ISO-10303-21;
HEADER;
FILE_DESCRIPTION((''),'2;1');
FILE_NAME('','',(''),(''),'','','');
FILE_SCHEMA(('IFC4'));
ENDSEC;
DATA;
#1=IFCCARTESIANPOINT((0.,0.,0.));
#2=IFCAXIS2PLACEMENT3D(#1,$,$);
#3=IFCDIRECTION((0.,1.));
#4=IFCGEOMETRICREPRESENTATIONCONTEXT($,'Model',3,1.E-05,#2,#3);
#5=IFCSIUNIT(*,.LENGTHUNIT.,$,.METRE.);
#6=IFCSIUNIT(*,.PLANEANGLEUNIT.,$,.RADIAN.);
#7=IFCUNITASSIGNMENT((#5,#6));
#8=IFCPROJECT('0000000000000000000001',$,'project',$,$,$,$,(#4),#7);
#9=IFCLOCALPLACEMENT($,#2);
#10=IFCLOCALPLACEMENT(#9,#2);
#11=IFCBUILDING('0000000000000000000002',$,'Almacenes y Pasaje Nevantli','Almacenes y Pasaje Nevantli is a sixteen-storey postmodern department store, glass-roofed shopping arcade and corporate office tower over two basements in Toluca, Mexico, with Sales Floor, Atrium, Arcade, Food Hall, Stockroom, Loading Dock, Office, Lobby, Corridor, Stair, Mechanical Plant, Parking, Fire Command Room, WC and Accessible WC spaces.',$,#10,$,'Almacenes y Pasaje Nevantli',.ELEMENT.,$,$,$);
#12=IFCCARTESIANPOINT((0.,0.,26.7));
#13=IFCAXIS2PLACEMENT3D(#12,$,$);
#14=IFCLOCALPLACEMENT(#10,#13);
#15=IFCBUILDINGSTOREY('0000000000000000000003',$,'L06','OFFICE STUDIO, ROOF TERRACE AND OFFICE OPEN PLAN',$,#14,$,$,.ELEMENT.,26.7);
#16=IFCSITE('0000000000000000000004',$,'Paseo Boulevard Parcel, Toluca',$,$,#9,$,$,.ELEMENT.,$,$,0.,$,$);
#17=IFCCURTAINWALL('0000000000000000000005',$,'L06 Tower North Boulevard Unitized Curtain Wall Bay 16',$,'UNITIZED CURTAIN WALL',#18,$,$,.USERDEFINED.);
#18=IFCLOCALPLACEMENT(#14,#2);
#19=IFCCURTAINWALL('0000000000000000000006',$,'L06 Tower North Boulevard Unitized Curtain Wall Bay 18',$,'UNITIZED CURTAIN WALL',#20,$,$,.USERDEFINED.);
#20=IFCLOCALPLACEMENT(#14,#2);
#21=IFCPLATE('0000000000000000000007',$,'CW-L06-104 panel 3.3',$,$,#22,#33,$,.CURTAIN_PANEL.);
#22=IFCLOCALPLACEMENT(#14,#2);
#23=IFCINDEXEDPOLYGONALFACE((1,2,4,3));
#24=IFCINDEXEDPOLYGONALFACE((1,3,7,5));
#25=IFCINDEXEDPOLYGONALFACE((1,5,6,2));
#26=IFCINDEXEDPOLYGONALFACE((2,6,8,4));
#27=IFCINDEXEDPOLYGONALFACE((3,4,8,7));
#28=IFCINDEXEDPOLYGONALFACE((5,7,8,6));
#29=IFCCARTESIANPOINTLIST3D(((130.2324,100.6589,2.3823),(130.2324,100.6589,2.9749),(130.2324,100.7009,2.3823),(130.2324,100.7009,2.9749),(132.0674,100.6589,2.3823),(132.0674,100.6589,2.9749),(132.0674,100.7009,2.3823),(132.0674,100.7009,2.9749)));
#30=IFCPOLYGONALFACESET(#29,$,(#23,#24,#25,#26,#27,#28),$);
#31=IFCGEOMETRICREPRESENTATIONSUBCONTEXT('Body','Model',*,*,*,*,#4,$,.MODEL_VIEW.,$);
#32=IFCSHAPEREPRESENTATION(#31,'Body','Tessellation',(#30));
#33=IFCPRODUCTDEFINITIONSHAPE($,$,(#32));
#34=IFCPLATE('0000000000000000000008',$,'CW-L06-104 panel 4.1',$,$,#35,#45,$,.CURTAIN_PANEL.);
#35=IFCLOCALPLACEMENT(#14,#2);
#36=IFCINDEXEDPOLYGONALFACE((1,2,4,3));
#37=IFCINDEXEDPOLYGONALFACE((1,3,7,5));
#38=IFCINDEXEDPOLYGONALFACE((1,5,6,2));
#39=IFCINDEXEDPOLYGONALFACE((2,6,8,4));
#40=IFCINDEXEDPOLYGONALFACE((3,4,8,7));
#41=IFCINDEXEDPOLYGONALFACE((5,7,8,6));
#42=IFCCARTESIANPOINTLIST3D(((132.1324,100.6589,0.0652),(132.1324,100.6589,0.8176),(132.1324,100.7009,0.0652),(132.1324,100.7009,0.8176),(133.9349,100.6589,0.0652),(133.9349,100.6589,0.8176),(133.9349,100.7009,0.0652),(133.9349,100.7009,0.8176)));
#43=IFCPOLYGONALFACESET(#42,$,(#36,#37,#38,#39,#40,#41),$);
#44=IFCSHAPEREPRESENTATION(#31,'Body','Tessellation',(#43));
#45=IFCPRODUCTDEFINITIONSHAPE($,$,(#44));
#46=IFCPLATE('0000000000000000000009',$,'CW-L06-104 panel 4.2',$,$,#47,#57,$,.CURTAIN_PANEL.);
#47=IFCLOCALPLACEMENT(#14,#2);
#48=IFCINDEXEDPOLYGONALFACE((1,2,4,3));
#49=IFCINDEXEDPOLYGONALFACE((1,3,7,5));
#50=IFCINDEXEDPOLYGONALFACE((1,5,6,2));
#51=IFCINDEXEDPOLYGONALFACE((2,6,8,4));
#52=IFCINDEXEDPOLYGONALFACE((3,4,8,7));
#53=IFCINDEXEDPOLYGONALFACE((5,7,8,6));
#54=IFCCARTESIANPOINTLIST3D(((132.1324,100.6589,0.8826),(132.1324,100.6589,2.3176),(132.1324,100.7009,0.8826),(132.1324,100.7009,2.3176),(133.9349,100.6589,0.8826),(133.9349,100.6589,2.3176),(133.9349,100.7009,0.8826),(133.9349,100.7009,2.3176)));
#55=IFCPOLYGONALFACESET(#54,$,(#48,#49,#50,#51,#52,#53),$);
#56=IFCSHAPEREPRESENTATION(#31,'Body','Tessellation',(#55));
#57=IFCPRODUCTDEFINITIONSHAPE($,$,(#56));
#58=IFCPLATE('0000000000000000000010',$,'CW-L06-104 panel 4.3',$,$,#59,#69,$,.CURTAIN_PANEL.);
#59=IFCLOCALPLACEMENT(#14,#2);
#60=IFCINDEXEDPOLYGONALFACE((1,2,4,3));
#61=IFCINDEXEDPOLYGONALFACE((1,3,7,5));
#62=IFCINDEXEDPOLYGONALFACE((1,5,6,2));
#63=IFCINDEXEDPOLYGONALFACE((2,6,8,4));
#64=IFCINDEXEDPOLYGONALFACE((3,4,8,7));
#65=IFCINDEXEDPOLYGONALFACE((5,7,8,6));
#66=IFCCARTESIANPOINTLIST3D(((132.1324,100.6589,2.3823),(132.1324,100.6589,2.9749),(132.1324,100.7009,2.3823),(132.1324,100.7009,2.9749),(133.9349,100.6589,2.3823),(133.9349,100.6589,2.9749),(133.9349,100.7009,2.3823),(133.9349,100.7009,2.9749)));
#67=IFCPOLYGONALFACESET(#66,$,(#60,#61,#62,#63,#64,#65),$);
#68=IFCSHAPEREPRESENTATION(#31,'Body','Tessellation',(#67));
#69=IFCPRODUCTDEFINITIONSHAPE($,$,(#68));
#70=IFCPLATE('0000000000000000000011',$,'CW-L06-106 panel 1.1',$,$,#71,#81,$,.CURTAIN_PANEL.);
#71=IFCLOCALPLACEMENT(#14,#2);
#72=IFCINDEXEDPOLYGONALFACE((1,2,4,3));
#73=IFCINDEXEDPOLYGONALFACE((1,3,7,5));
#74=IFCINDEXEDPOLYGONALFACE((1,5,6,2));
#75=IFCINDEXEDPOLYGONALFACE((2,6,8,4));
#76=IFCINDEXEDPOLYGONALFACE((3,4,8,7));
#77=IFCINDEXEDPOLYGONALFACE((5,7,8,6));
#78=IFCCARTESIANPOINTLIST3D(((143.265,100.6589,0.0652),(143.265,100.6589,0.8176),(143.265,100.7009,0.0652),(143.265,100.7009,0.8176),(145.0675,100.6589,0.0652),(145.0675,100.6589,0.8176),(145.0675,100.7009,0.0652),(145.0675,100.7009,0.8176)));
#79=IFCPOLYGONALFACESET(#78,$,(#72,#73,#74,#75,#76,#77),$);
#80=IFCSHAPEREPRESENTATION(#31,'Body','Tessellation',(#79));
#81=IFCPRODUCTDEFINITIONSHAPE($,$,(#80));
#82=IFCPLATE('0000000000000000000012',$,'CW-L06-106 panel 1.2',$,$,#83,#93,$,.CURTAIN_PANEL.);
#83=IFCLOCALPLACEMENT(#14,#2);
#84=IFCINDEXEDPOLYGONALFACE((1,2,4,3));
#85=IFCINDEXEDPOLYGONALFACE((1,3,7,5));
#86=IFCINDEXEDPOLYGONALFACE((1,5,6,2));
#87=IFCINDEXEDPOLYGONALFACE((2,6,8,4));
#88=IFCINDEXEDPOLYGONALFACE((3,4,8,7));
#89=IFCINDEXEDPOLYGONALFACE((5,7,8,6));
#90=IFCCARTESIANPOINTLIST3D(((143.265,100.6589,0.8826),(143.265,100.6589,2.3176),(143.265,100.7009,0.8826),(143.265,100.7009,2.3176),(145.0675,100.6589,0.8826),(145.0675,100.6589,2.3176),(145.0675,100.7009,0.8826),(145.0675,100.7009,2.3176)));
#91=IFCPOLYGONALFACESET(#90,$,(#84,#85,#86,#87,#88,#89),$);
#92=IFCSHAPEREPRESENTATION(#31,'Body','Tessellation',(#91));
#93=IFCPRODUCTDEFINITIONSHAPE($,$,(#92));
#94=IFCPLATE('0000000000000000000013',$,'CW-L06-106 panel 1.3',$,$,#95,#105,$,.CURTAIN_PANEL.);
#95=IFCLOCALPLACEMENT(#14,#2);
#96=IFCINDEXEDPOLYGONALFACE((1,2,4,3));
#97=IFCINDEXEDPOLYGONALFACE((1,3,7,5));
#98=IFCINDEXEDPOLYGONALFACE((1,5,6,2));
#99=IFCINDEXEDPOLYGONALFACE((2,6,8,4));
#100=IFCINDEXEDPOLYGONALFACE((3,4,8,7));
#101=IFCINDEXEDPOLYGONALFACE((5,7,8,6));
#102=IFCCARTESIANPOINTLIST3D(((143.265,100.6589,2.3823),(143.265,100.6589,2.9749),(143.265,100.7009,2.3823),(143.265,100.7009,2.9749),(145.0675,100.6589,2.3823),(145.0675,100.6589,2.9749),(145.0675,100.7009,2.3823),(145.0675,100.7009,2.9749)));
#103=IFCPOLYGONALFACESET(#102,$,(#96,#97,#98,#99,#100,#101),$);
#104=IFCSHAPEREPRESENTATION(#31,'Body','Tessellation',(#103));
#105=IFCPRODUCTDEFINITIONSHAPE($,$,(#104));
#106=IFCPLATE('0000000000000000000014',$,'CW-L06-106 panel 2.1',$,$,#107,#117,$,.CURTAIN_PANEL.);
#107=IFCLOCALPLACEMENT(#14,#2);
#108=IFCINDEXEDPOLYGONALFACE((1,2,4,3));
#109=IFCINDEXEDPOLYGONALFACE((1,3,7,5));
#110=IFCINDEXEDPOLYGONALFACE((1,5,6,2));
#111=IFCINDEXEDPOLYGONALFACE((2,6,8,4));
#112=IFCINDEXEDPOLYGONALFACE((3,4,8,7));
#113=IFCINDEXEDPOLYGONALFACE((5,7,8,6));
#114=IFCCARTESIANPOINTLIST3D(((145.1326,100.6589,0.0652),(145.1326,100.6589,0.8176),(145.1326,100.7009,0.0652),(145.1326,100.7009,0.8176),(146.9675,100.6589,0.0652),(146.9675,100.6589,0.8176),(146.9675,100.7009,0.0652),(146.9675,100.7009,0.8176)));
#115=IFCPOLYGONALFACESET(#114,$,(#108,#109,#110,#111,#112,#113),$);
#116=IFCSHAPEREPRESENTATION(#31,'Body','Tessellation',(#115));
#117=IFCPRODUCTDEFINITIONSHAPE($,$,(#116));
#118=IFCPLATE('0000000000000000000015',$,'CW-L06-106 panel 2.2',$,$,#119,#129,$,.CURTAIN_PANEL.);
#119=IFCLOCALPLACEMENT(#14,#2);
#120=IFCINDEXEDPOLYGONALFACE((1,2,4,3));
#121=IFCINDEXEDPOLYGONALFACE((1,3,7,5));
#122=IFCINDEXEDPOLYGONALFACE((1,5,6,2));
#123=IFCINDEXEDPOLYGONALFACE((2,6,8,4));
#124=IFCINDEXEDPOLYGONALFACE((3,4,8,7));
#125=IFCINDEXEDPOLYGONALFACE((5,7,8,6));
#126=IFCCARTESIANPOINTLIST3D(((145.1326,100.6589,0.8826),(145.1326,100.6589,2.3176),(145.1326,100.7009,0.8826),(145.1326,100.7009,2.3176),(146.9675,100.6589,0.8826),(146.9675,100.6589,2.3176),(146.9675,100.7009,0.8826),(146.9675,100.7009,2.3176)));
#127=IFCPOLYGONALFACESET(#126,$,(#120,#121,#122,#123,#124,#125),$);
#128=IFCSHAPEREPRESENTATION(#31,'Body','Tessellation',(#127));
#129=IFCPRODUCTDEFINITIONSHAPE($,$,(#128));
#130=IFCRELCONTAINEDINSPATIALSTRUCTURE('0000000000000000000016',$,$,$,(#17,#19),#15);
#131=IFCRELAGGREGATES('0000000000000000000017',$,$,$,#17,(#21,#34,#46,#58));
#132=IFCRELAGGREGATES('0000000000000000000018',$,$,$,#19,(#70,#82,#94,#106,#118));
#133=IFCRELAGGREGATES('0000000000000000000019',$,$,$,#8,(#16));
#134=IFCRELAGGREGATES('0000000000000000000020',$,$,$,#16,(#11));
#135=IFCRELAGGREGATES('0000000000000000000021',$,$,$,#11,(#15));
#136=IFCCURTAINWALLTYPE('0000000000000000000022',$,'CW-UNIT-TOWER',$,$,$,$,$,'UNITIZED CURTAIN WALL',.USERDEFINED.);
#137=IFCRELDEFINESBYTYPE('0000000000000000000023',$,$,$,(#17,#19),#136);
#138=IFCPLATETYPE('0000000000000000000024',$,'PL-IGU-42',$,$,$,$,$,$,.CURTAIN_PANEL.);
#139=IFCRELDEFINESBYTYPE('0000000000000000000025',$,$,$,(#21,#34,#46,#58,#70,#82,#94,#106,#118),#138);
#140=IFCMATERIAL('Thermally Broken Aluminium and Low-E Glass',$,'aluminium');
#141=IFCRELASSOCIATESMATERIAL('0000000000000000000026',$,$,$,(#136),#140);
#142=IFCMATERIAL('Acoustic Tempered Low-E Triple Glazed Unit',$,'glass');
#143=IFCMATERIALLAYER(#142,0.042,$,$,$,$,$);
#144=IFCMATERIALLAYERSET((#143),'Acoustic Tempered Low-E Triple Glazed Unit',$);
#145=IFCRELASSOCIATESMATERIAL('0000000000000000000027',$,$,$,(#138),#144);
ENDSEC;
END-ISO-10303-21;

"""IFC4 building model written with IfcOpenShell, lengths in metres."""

from ifc_helpers import new_model, si_unit, direction, frame, origin, origin_2d, place, context, subcontext, project, spatial, rectangle, extrude, material, layer, layer_set, type_object, element, aggregate, save


model = new_model("IFC4")

# Units and contexts
model_context = context("Model", 3, precision=1e-05, world=origin(), true_north=direction((0.0, 1.0)))
body_context = subcontext(model_context, "Body", "Model", "MODEL_VIEW")
ifc_project = project(units=[si_unit("LENGTHUNIT", "METRE"), si_unit("PLANEANGLEUNIT", "RADIAN")], contexts=[model_context])

# Site, building, storey
site_placement = place(None, origin())
site = spatial("IfcSite", under=ifc_project, at=site_placement, Name="Paseo Boulevard Parcel, Toluca", CompositionType="ELEMENT", RefElevation=0.0)
building_placement = place(site_placement, origin())
building = spatial("IfcBuilding", under=site, at=building_placement, Name="Almacenes y Pasaje Nevantli", Description="Almacenes y Pasaje Nevantli is a sixteen-storey postmodern department store, glass-roofed shopping arcade and corporate office tower over two basements in Toluca, Mexico, with Sales Floor, Atrium, Arcade, Food Hall, Stockroom, Loading Dock, Office, Lobby, Corridor, Stair, Mechanical Plant, Parking, Fire Command Room, WC and Accessible WC spaces.", LongName="Almacenes y Pasaje Nevantli", CompositionType="ELEMENT")
storey_placement = place(building_placement, frame((0.0, 0.0, 26.7)))
storey = spatial("IfcBuildingStorey", under=building, at=storey_placement, Name="L06", Description="OFFICE STUDIO, ROOF TERRACE AND OFFICE OPEN PLAN", CompositionType="ELEMENT", Elevation=26.7)

# Curtain walls
ifc_material_1 = material(Name="Thermally Broken Aluminium and Low-E Glass", Category="aluminium")
curtain_wall_type = type_object("IfcCurtainWallType", Name="CW-UNIT-TOWER", ElementType="UNITIZED CURTAIN WALL", PredefinedType="USERDEFINED", material=ifc_material_1)
curtain_wall_1_placement = place(storey_placement, origin())
curtain_wall_1 = element("IfcCurtainWall", 1, at=curtain_wall_1_placement, inside=storey, type_object=curtain_wall_type, Name="L06 Tower North Boulevard Unitized Curtain Wall Bay 16", ObjectType="UNITIZED CURTAIN WALL", PredefinedType="USERDEFINED")
curtain_wall_2_placement = place(storey_placement, origin())
curtain_wall_2 = element("IfcCurtainWall", 2, at=curtain_wall_2_placement, inside=storey, type_object=curtain_wall_type, Name="L06 Tower North Boulevard Unitized Curtain Wall Bay 18", ObjectType="UNITIZED CURTAIN WALL", PredefinedType="USERDEFINED")

# Plates
ifc_material_2 = material(Name="Acoustic Tempered Low-E Triple Glazed Unit", Category="glass")
ifc_layer = layer(ifc_material_2, 0.042)
ifc_layer_set = layer_set([ifc_layer], Name="Acoustic Tempered Low-E Triple Glazed Unit")
plate_type = type_object("IfcPlateType", Name="PL-IGU-42", PredefinedType="CURTAIN_PANEL", material=ifc_layer_set)
plate_1_placement = place(storey_placement, frame((131.1499, 100.6799, 2.3823), z_axis=(0.0, 0.0, 1.0), x_axis=(1.0, 0.0, 0.0)))
plate_1 = element("IfcPlate", 3, at=plate_1_placement, type_object=plate_type, Name="CW-L06-104 panel 3.3", PredefinedType="CURTAIN_PANEL", context=body_context, shape_type="SweptSolid", body=[
    extrude(rectangle(XDim=1.835, YDim=0.042, at=origin_2d()), origin(), (0.0, 0.0, 1.0), 0.5925),
])
plate_2_placement = place(storey_placement, frame((133.0337, 100.6799, 0.0652), z_axis=(0.0, 0.0, 1.0), x_axis=(1.0, 0.0, 0.0)))
plate_2 = element("IfcPlate", 4, at=plate_2_placement, type_object=plate_type, Name="CW-L06-104 panel 4.1", PredefinedType="CURTAIN_PANEL", context=body_context, shape_type="SweptSolid", body=[
    extrude(rectangle(XDim=1.8025, YDim=0.042, at=origin_2d()), origin(), (0.0, 0.0, 1.0), 0.7524),
])
plate_3_placement = place(storey_placement, frame((133.0337, 100.6799, 0.8826), z_axis=(0.0, 0.0, 1.0), x_axis=(1.0, 0.0, 0.0)))
plate_3 = element("IfcPlate", 5, at=plate_3_placement, type_object=plate_type, Name="CW-L06-104 panel 4.2", PredefinedType="CURTAIN_PANEL", context=body_context, shape_type="SweptSolid", body=[
    extrude(rectangle(XDim=1.8025, YDim=0.042, at=origin_2d()), origin(), (0.0, 0.0, 1.0), 1.4351),
])
plate_4_placement = place(storey_placement, frame((133.0337, 100.6799, 2.3823), z_axis=(0.0, 0.0, 1.0), x_axis=(1.0, 0.0, 0.0)))
plate_4 = element("IfcPlate", 6, at=plate_4_placement, type_object=plate_type, Name="CW-L06-104 panel 4.3", PredefinedType="CURTAIN_PANEL", context=body_context, shape_type="SweptSolid", body=[
    extrude(rectangle(XDim=1.8025, YDim=0.042, at=origin_2d()), origin(), (0.0, 0.0, 1.0), 0.5925),
])
aggregate(curtain_wall_1, [plate_1, plate_2, plate_3, plate_4])
plate_5_placement = place(storey_placement, frame((144.1663, 100.6799, 0.0652), z_axis=(0.0, 0.0, 1.0), x_axis=(1.0, 0.0, 0.0)))
plate_5 = element("IfcPlate", 7, at=plate_5_placement, type_object=plate_type, Name="CW-L06-106 panel 1.1", PredefinedType="CURTAIN_PANEL", context=body_context, shape_type="SweptSolid", body=[
    extrude(rectangle(XDim=1.8025, YDim=0.042, at=origin_2d()), origin(), (0.0, 0.0, 1.0), 0.7524),
])
plate_6_placement = place(storey_placement, frame((144.1663, 100.6799, 0.8826), z_axis=(0.0, 0.0, 1.0), x_axis=(1.0, 0.0, 0.0)))
plate_6 = element("IfcPlate", 8, at=plate_6_placement, type_object=plate_type, Name="CW-L06-106 panel 1.2", PredefinedType="CURTAIN_PANEL", context=body_context, shape_type="SweptSolid", body=[
    extrude(rectangle(XDim=1.8025, YDim=0.042, at=origin_2d()), origin(), (0.0, 0.0, 1.0), 1.4351),
])
plate_7_placement = place(storey_placement, frame((144.1663, 100.6799, 2.3823), z_axis=(0.0, 0.0, 1.0), x_axis=(1.0, 0.0, 0.0)))
plate_7 = element("IfcPlate", 9, at=plate_7_placement, type_object=plate_type, Name="CW-L06-106 panel 1.3", PredefinedType="CURTAIN_PANEL", context=body_context, shape_type="SweptSolid", body=[
    extrude(rectangle(XDim=1.8025, YDim=0.042, at=origin_2d()), origin(), (0.0, 0.0, 1.0), 0.5925),
])
plate_8_placement = place(storey_placement, frame((146.05, 100.6799, 0.0652), z_axis=(0.0, 0.0, 1.0), x_axis=(1.0, 0.0, 0.0)))
plate_8 = element("IfcPlate", 10, at=plate_8_placement, type_object=plate_type, Name="CW-L06-106 panel 2.1", PredefinedType="CURTAIN_PANEL", context=body_context, shape_type="SweptSolid", body=[
    extrude(rectangle(XDim=1.835, YDim=0.042, at=origin_2d()), origin(), (0.0, 0.0, 1.0), 0.7524),
])
plate_9_placement = place(storey_placement, frame((146.05, 100.6799, 0.8826), z_axis=(0.0, 0.0, 1.0), x_axis=(1.0, 0.0, 0.0)))
plate_9 = element("IfcPlate", 11, at=plate_9_placement, type_object=plate_type, Name="CW-L06-106 panel 2.2", PredefinedType="CURTAIN_PANEL", context=body_context, shape_type="SweptSolid", body=[
    extrude(rectangle(XDim=1.835, YDim=0.042, at=origin_2d()), origin(), (0.0, 0.0, 1.0), 1.4351),
])
aggregate(curtain_wall_2, [plate_5, plate_6, plate_7, plate_8, plate_9])

save(model, "model.ifc")
